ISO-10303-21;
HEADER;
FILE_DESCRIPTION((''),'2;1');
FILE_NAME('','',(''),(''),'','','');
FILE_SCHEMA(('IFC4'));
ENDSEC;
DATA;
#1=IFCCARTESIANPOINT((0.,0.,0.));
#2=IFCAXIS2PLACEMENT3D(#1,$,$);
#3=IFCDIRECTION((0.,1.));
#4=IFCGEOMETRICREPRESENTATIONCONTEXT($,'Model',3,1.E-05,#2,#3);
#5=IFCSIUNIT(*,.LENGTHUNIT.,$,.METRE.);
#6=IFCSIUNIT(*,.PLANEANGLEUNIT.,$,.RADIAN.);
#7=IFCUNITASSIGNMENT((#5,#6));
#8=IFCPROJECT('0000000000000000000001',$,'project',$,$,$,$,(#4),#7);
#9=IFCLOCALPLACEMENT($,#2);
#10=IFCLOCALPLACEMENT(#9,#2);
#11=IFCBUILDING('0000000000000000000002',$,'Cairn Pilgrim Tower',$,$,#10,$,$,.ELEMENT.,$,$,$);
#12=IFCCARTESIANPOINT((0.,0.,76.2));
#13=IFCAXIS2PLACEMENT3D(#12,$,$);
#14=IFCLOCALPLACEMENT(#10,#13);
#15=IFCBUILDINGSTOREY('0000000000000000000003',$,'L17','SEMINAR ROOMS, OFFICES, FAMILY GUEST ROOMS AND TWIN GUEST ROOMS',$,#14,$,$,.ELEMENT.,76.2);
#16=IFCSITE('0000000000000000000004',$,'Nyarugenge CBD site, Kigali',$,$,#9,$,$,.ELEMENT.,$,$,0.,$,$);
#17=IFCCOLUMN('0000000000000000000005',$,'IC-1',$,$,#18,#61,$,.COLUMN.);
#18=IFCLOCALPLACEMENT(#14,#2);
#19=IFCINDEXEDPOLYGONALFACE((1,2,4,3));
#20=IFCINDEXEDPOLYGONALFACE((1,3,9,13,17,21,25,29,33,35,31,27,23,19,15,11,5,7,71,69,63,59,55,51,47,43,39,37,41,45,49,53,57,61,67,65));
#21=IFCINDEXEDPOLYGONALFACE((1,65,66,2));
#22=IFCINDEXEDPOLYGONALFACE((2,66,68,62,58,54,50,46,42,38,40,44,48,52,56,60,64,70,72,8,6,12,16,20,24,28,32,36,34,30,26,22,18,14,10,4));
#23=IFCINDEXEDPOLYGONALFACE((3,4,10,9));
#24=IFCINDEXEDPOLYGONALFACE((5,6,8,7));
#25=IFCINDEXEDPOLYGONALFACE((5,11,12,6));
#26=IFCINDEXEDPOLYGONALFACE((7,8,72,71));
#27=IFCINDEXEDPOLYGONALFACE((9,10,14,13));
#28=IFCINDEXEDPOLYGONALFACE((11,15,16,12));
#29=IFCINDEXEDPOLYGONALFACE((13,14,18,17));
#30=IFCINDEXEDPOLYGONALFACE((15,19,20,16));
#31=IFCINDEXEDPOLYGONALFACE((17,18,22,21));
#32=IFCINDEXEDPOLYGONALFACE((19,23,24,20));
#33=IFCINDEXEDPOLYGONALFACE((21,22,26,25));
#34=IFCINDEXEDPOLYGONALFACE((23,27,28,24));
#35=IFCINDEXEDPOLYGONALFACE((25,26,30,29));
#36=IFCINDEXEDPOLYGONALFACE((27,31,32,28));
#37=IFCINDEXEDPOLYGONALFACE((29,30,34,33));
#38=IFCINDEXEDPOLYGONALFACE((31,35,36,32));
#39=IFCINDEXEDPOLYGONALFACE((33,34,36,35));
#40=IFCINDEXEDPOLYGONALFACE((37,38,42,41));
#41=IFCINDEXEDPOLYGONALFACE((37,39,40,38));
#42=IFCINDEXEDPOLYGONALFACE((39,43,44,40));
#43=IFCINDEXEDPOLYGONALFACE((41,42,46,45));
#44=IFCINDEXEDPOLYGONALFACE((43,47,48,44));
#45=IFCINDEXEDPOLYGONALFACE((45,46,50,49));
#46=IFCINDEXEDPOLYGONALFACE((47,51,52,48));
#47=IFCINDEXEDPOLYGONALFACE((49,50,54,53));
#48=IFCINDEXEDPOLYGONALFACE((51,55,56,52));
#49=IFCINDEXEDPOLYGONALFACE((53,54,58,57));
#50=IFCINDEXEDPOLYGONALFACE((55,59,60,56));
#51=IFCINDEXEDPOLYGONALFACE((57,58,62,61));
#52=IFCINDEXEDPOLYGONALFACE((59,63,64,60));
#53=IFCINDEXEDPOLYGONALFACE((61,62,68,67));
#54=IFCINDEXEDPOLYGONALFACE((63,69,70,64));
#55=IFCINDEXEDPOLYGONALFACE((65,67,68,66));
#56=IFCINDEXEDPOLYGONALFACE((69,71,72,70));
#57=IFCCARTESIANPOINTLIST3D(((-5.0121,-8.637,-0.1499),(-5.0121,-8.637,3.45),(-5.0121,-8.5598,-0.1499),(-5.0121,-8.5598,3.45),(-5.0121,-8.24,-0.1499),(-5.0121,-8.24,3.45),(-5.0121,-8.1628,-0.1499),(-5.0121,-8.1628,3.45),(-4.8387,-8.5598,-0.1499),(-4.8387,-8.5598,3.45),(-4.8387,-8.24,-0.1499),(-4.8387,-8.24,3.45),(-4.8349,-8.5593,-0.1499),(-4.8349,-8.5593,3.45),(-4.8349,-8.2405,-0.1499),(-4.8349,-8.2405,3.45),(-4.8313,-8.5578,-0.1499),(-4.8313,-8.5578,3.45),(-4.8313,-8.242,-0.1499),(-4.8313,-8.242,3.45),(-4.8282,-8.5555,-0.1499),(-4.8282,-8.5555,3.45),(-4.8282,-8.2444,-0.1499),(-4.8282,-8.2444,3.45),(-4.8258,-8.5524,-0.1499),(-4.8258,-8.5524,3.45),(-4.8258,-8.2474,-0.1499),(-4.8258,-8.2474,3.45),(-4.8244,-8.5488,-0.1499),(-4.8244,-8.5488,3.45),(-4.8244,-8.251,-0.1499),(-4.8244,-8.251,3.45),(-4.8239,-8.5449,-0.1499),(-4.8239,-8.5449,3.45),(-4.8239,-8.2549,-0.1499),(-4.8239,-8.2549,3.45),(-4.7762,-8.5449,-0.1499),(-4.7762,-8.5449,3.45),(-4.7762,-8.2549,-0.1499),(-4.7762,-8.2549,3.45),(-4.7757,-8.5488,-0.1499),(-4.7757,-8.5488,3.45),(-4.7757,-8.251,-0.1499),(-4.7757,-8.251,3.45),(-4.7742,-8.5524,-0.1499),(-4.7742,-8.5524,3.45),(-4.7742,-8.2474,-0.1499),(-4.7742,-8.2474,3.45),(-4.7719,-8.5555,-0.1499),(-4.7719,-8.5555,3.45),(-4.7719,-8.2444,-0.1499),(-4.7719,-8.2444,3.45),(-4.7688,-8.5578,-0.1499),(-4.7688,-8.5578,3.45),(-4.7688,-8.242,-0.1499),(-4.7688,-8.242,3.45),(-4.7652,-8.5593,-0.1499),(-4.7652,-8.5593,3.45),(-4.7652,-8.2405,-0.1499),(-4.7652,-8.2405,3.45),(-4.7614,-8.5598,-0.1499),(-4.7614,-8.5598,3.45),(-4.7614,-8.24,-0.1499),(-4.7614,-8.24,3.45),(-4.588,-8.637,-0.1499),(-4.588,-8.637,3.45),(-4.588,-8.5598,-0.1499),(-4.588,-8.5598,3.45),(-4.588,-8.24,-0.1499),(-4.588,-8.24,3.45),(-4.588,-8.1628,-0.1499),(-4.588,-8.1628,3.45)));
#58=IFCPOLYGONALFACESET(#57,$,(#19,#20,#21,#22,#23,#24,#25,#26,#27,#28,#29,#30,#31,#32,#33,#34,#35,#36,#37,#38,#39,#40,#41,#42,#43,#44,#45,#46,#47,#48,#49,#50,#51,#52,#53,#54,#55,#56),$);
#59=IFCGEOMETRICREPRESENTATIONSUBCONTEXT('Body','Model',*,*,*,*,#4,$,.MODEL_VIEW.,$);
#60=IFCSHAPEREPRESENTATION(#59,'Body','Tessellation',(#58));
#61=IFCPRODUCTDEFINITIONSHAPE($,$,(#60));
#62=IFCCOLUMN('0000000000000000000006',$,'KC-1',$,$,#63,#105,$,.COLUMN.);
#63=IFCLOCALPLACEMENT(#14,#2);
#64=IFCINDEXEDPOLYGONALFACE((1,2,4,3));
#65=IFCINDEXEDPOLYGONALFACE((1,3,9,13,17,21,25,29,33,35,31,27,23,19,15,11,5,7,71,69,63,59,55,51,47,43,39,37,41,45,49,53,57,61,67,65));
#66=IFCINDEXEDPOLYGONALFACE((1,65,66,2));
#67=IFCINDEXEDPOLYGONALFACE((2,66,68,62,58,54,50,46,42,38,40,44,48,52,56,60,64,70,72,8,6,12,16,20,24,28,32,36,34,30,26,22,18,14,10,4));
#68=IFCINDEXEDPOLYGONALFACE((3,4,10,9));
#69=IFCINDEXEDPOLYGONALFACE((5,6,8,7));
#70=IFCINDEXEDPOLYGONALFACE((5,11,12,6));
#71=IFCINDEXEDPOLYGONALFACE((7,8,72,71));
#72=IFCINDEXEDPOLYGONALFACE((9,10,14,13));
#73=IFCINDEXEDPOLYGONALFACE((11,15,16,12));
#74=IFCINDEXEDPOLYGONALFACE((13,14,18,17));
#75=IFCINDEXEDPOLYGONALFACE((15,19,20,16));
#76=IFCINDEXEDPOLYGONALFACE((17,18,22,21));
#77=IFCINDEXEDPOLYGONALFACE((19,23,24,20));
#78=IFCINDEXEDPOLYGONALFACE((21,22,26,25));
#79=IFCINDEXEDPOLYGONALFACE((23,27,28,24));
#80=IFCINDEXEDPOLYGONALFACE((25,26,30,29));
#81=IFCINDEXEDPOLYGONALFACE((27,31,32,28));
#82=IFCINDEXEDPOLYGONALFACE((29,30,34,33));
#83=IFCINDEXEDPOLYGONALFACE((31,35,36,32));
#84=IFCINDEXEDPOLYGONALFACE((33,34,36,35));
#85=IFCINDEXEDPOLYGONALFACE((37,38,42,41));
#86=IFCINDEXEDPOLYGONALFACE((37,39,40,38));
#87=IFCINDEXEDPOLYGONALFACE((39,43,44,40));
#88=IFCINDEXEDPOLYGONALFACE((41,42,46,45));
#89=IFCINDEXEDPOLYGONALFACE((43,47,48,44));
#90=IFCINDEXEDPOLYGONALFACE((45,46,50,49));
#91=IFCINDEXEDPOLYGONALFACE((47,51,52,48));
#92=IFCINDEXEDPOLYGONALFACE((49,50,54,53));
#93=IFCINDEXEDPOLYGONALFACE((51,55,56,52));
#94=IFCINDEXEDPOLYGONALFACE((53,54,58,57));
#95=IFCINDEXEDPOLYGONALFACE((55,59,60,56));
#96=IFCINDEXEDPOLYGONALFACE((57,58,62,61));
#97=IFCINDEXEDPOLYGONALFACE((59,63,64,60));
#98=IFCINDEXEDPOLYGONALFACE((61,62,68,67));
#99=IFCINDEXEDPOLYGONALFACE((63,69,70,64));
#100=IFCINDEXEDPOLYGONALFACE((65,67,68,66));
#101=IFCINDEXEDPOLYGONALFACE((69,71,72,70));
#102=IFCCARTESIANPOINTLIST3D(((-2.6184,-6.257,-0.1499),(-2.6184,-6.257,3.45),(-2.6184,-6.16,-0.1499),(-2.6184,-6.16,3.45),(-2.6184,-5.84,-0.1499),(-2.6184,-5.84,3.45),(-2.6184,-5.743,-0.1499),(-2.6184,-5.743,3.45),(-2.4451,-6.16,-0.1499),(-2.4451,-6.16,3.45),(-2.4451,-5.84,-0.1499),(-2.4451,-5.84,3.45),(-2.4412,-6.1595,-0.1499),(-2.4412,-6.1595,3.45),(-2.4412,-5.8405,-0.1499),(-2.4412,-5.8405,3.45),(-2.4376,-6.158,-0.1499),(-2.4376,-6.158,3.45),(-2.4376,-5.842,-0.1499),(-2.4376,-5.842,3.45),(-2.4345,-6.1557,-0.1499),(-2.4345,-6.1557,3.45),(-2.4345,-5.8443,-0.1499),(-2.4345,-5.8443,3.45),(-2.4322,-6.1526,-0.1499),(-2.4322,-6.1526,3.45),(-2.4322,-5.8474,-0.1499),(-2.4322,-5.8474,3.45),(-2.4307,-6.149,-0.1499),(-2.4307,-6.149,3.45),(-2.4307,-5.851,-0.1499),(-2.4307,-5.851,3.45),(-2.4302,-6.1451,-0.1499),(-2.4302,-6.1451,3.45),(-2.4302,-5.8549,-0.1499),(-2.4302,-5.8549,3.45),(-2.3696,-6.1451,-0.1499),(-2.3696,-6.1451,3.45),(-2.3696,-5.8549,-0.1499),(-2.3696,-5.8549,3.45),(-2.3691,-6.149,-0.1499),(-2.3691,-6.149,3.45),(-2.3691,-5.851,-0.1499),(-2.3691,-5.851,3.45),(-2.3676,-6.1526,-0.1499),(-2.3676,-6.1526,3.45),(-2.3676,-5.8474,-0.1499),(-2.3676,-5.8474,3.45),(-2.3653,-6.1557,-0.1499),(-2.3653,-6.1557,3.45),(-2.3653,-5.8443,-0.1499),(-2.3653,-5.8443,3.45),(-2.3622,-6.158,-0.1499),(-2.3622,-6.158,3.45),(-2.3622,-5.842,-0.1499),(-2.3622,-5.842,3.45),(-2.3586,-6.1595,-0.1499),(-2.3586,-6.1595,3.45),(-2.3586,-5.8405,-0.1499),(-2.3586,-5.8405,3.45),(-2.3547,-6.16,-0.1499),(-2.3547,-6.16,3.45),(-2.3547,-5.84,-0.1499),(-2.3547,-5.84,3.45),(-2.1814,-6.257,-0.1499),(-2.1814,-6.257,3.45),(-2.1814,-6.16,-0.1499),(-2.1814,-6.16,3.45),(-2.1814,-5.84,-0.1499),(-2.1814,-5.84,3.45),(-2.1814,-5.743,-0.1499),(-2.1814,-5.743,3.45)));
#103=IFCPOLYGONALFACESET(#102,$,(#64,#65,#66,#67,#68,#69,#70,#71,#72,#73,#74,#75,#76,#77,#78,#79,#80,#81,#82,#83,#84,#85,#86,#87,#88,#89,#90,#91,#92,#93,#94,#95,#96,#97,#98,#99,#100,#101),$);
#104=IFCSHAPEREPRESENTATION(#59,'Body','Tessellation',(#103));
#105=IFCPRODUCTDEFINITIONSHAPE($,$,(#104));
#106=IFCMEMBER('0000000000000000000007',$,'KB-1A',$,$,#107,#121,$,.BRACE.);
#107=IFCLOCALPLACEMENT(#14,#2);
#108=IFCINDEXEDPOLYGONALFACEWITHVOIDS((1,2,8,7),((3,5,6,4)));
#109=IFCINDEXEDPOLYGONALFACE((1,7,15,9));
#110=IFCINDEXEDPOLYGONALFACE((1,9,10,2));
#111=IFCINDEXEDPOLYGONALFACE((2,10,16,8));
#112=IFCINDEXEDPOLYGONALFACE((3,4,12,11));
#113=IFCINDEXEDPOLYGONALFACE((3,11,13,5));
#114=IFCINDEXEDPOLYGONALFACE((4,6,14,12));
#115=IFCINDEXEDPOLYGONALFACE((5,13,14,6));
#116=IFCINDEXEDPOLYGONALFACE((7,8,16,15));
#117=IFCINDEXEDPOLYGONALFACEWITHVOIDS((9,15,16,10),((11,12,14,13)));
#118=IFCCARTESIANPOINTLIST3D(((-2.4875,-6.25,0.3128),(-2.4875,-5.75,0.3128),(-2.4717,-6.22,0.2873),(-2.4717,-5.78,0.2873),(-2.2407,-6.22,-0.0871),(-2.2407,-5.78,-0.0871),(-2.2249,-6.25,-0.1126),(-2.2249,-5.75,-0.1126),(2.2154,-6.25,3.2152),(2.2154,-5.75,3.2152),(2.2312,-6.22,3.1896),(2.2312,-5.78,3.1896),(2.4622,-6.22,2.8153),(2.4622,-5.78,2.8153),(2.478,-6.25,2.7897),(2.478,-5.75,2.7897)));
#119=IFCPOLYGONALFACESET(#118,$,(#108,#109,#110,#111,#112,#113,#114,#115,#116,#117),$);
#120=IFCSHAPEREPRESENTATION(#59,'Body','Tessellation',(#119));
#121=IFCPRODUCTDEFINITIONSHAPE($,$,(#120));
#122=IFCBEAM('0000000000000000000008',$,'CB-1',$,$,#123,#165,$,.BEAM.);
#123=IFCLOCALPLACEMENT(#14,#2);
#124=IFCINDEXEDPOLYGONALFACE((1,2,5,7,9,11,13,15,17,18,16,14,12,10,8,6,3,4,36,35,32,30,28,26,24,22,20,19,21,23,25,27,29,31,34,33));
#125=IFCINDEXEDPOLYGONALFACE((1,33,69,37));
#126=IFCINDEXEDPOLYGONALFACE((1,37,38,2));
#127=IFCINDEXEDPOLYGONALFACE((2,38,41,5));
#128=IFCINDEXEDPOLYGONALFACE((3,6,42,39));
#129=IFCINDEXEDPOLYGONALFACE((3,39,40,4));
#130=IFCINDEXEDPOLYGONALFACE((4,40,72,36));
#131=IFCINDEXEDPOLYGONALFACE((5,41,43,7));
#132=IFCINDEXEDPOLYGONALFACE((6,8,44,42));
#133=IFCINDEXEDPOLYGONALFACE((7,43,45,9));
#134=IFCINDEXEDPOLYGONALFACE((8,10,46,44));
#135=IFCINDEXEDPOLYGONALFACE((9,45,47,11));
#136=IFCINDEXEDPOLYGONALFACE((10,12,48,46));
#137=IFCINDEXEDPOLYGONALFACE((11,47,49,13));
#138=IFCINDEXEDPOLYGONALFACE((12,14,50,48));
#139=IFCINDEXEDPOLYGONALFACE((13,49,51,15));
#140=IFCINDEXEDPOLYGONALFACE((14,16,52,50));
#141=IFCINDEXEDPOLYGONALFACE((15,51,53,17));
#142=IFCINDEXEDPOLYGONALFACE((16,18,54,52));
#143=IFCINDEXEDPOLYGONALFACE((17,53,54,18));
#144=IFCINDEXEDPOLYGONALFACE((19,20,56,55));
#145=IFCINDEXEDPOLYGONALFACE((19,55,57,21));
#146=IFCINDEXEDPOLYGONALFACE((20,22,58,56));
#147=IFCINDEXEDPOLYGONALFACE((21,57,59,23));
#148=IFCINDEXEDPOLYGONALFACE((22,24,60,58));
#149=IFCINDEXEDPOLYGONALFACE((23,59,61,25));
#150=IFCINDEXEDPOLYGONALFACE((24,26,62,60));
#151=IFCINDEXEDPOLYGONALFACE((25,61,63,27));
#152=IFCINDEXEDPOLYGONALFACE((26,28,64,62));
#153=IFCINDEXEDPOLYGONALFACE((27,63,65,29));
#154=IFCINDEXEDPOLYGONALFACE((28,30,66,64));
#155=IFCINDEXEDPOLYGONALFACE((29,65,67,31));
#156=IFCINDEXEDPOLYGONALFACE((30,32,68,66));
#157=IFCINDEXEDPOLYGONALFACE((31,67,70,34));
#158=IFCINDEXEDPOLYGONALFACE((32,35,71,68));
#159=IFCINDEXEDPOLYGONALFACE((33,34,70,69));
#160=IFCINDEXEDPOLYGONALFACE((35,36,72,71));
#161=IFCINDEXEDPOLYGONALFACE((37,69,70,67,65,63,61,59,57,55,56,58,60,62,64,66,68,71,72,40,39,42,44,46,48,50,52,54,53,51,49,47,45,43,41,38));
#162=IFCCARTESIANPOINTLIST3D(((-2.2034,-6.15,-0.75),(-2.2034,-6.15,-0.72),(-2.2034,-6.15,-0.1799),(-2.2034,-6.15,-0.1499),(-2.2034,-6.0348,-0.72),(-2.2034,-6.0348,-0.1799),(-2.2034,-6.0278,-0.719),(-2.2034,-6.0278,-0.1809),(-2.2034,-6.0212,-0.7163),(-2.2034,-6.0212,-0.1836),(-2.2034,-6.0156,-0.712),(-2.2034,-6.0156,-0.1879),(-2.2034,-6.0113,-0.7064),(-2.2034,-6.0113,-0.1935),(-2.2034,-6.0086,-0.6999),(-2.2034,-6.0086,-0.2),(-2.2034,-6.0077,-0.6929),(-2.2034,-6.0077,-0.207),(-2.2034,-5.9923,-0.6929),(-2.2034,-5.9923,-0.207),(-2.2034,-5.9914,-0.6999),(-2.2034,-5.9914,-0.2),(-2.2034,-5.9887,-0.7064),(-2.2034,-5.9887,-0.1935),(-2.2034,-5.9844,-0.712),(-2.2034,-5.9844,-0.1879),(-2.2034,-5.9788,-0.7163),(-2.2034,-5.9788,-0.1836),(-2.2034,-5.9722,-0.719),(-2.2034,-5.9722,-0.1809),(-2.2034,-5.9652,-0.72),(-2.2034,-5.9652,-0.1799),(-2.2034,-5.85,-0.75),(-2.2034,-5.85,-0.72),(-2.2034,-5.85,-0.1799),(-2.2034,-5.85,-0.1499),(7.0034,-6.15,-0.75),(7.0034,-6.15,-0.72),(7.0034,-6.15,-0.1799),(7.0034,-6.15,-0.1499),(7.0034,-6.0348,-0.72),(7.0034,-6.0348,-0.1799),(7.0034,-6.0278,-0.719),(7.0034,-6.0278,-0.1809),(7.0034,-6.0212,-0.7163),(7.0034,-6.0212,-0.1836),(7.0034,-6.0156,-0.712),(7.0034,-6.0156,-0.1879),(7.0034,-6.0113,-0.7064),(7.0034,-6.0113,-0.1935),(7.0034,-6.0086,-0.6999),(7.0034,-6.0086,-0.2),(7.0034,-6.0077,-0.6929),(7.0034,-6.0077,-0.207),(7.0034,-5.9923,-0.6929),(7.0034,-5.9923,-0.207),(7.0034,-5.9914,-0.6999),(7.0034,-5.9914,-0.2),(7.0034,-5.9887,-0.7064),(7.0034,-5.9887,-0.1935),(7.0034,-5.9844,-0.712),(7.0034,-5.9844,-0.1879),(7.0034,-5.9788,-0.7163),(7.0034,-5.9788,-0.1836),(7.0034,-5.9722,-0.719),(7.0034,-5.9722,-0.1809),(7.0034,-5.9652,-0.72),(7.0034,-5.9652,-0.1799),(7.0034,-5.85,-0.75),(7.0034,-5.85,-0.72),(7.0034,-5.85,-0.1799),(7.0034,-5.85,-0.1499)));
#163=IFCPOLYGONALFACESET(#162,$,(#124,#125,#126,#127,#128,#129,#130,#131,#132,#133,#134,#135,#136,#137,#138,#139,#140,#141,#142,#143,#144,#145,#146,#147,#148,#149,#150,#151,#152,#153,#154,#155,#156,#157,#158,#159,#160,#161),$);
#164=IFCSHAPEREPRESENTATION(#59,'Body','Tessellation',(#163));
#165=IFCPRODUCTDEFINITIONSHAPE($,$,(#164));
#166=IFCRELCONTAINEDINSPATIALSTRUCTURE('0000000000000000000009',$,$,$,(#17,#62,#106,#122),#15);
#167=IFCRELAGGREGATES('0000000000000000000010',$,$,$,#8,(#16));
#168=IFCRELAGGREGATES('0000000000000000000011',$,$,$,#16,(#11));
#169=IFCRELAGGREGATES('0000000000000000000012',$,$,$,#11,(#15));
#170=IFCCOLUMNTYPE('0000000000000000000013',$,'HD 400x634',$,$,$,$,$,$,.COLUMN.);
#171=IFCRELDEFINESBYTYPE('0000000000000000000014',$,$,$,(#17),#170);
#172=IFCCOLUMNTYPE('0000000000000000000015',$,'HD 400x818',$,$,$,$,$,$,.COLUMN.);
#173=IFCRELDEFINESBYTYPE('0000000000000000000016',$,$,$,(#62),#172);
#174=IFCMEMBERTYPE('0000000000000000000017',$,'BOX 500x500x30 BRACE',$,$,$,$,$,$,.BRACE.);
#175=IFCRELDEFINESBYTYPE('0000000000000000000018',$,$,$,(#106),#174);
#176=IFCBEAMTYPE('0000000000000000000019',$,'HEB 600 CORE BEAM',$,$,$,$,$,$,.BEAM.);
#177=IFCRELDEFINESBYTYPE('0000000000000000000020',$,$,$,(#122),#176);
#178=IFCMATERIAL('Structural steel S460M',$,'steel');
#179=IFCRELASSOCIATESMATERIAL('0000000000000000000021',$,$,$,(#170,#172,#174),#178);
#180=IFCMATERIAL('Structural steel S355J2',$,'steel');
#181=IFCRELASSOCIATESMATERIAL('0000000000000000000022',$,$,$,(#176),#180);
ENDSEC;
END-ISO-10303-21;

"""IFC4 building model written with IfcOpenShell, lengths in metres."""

from ifc_helpers import new_model, si_unit, direction, frame, origin, origin_2d, place, context, subcontext, project, spatial, hollow_rectangle, i_section, extrude, material, material_profile, profile_set, type_object, element, save


model = new_model("IFC4")

# Units and contexts
model_context = context("Model", 3, precision=1e-05, world=origin(), true_north=direction((0.0, 1.0)))
body_context = subcontext(model_context, "Body", "Model", "MODEL_VIEW")
ifc_project = project(units=[si_unit("LENGTHUNIT", "METRE"), si_unit("PLANEANGLEUNIT", "RADIAN")], contexts=[model_context])

# Site, building, storey
site_placement = place(None, origin())
site = spatial("IfcSite", under=ifc_project, at=site_placement, Name="Nyarugenge CBD site, Kigali", CompositionType="ELEMENT", RefElevation=0.0)
building_placement = place(site_placement, origin())
building = spatial("IfcBuilding", under=site, at=building_placement, Name="Cairn Pilgrim Tower", CompositionType="ELEMENT")
storey_placement = place(building_placement, frame((0.0, 0.0, 76.2)))
storey = spatial("IfcBuildingStorey", under=building, at=storey_placement, Name="L17", Description="SEMINAR ROOMS, OFFICES, FAMILY GUEST ROOMS AND TWIN GUEST ROOMS", CompositionType="ELEMENT", Elevation=76.2)

# Columns
ifc_material_1 = material(Name="Structural steel S460M", Category="steel")
ifc_material_profile_1 = material_profile(ifc_material_1, i_section(OverallWidth=0.4241, OverallDepth=0.4741, WebThickness=0.0476, FlangeThickness=0.0771, FilletRadius=0.0149, at=origin_2d()), Name="HD 400x634")
ifc_profile_set_1 = profile_set([ifc_material_profile_1], Name="Structural steel S460M")
column_type_1 = type_object("IfcColumnType", Name="HD 400x634", PredefinedType="COLUMN", material=ifc_profile_set_1)
column_1_placement = place(storey_placement, frame((-4.8, -8.3999, -0.1499), z_axis=(0.0, 0.0, 1.0), x_axis=(1.0, 0.0, 0.0)))
element("IfcColumn", 1, at=column_1_placement, inside=storey, type_object=column_type_1, Name="IC-1", PredefinedType="COLUMN", context=body_context, shape_type="SweptSolid", body=[
    extrude(i_section(OverallWidth=0.4241, OverallDepth=0.4741, WebThickness=0.0476, FlangeThickness=0.0771, FilletRadius=0.0149, at=origin_2d()), origin(), (0.0, 0.0, 1.0), 3.5999),
])
ifc_material_profile_2 = material_profile(ifc_material_1, i_section(OverallWidth=0.437, OverallDepth=0.5139, WebThickness=0.0605, FlangeThickness=0.0969, FilletRadius=0.0149, at=origin_2d()), Name="HD 400x818")
ifc_profile_set_2 = profile_set([ifc_material_profile_2], Name="Structural steel S460M")
column_type_2 = type_object("IfcColumnType", Name="HD 400x818", PredefinedType="COLUMN", material=ifc_profile_set_2)
column_2_placement = place(storey_placement, frame((-2.3999, -6.0, -0.1499), z_axis=(0.0, 0.0, 1.0), x_axis=(1.0, 0.0, 0.0)))
element("IfcColumn", 2, at=column_2_placement, inside=storey, type_object=column_type_2, Name="KC-1", PredefinedType="COLUMN", context=body_context, shape_type="SweptSolid", body=[
    extrude(i_section(OverallWidth=0.437, OverallDepth=0.5139, WebThickness=0.0605, FlangeThickness=0.0969, FilletRadius=0.0149, at=origin_2d()), origin(), (0.0, 0.0, 1.0), 3.5999),
])

# Member
ifc_material_profile_3 = material_profile(ifc_material_1, hollow_rectangle(XDim=0.5, YDim=0.5, WallThickness=0.03, at=origin_2d()), Name="BOX 500x500x30")
ifc_profile_set_3 = profile_set([ifc_material_profile_3], Name="Structural steel S460M")
member_type = type_object("IfcMemberType", Name="BOX 500x500x30 BRACE", PredefinedType="BRACE", material=ifc_profile_set_3)
member_placement = place(storey_placement, frame((-2.3562, -6.0, 0.1001), z_axis=(0.85099, 0.0, 0.525182), x_axis=(0.0, 1.0, 0.0)))
element("IfcMember", 3, at=member_placement, inside=storey, type_object=member_type, Name="KB-1A", PredefinedType="BRACE", context=body_context, shape_type="SweptSolid", body=[
    extrude(hollow_rectangle(XDim=0.5, YDim=0.5, WallThickness=0.03, at=origin_2d()), origin(), (0.0, 0.0, 1.0), 5.5264),
])

# Beam
ifc_material_2 = material(Name="Structural steel S355J2", Category="steel")
ifc_material_profile_4 = material_profile(ifc_material_2, i_section(OverallWidth=0.3, OverallDepth=0.6001, WebThickness=0.0154, FlangeThickness=0.03, FilletRadius=0.0271, at=origin_2d()), Name="HEB 600")
ifc_profile_set_4 = profile_set([ifc_material_profile_4], Name="Structural steel S355J2")
beam_type_1 = type_object("IfcBeamType", Name="HEB 600 CORE BEAM", PredefinedType="BEAM", material=ifc_profile_set_4)
beam_1_placement = place(storey_placement, frame((-2.2034, -6.0, -0.45), z_axis=(1.0, 0.0, 0.0), x_axis=(0.0, 1.0, 0.0)))
element("IfcBeam", 4, at=beam_1_placement, inside=storey, type_object=beam_type_1, Name="CB-1", PredefinedType="BEAM", context=body_context, shape_type="SweptSolid", body=[
    extrude(i_section(OverallWidth=0.3, OverallDepth=0.6001, WebThickness=0.0154, FlangeThickness=0.03, FilletRadius=0.0271, at=origin_2d()), origin(), (0.0, 0.0, 1.0), 9.2068),
])

save(model, "model.ifc")
